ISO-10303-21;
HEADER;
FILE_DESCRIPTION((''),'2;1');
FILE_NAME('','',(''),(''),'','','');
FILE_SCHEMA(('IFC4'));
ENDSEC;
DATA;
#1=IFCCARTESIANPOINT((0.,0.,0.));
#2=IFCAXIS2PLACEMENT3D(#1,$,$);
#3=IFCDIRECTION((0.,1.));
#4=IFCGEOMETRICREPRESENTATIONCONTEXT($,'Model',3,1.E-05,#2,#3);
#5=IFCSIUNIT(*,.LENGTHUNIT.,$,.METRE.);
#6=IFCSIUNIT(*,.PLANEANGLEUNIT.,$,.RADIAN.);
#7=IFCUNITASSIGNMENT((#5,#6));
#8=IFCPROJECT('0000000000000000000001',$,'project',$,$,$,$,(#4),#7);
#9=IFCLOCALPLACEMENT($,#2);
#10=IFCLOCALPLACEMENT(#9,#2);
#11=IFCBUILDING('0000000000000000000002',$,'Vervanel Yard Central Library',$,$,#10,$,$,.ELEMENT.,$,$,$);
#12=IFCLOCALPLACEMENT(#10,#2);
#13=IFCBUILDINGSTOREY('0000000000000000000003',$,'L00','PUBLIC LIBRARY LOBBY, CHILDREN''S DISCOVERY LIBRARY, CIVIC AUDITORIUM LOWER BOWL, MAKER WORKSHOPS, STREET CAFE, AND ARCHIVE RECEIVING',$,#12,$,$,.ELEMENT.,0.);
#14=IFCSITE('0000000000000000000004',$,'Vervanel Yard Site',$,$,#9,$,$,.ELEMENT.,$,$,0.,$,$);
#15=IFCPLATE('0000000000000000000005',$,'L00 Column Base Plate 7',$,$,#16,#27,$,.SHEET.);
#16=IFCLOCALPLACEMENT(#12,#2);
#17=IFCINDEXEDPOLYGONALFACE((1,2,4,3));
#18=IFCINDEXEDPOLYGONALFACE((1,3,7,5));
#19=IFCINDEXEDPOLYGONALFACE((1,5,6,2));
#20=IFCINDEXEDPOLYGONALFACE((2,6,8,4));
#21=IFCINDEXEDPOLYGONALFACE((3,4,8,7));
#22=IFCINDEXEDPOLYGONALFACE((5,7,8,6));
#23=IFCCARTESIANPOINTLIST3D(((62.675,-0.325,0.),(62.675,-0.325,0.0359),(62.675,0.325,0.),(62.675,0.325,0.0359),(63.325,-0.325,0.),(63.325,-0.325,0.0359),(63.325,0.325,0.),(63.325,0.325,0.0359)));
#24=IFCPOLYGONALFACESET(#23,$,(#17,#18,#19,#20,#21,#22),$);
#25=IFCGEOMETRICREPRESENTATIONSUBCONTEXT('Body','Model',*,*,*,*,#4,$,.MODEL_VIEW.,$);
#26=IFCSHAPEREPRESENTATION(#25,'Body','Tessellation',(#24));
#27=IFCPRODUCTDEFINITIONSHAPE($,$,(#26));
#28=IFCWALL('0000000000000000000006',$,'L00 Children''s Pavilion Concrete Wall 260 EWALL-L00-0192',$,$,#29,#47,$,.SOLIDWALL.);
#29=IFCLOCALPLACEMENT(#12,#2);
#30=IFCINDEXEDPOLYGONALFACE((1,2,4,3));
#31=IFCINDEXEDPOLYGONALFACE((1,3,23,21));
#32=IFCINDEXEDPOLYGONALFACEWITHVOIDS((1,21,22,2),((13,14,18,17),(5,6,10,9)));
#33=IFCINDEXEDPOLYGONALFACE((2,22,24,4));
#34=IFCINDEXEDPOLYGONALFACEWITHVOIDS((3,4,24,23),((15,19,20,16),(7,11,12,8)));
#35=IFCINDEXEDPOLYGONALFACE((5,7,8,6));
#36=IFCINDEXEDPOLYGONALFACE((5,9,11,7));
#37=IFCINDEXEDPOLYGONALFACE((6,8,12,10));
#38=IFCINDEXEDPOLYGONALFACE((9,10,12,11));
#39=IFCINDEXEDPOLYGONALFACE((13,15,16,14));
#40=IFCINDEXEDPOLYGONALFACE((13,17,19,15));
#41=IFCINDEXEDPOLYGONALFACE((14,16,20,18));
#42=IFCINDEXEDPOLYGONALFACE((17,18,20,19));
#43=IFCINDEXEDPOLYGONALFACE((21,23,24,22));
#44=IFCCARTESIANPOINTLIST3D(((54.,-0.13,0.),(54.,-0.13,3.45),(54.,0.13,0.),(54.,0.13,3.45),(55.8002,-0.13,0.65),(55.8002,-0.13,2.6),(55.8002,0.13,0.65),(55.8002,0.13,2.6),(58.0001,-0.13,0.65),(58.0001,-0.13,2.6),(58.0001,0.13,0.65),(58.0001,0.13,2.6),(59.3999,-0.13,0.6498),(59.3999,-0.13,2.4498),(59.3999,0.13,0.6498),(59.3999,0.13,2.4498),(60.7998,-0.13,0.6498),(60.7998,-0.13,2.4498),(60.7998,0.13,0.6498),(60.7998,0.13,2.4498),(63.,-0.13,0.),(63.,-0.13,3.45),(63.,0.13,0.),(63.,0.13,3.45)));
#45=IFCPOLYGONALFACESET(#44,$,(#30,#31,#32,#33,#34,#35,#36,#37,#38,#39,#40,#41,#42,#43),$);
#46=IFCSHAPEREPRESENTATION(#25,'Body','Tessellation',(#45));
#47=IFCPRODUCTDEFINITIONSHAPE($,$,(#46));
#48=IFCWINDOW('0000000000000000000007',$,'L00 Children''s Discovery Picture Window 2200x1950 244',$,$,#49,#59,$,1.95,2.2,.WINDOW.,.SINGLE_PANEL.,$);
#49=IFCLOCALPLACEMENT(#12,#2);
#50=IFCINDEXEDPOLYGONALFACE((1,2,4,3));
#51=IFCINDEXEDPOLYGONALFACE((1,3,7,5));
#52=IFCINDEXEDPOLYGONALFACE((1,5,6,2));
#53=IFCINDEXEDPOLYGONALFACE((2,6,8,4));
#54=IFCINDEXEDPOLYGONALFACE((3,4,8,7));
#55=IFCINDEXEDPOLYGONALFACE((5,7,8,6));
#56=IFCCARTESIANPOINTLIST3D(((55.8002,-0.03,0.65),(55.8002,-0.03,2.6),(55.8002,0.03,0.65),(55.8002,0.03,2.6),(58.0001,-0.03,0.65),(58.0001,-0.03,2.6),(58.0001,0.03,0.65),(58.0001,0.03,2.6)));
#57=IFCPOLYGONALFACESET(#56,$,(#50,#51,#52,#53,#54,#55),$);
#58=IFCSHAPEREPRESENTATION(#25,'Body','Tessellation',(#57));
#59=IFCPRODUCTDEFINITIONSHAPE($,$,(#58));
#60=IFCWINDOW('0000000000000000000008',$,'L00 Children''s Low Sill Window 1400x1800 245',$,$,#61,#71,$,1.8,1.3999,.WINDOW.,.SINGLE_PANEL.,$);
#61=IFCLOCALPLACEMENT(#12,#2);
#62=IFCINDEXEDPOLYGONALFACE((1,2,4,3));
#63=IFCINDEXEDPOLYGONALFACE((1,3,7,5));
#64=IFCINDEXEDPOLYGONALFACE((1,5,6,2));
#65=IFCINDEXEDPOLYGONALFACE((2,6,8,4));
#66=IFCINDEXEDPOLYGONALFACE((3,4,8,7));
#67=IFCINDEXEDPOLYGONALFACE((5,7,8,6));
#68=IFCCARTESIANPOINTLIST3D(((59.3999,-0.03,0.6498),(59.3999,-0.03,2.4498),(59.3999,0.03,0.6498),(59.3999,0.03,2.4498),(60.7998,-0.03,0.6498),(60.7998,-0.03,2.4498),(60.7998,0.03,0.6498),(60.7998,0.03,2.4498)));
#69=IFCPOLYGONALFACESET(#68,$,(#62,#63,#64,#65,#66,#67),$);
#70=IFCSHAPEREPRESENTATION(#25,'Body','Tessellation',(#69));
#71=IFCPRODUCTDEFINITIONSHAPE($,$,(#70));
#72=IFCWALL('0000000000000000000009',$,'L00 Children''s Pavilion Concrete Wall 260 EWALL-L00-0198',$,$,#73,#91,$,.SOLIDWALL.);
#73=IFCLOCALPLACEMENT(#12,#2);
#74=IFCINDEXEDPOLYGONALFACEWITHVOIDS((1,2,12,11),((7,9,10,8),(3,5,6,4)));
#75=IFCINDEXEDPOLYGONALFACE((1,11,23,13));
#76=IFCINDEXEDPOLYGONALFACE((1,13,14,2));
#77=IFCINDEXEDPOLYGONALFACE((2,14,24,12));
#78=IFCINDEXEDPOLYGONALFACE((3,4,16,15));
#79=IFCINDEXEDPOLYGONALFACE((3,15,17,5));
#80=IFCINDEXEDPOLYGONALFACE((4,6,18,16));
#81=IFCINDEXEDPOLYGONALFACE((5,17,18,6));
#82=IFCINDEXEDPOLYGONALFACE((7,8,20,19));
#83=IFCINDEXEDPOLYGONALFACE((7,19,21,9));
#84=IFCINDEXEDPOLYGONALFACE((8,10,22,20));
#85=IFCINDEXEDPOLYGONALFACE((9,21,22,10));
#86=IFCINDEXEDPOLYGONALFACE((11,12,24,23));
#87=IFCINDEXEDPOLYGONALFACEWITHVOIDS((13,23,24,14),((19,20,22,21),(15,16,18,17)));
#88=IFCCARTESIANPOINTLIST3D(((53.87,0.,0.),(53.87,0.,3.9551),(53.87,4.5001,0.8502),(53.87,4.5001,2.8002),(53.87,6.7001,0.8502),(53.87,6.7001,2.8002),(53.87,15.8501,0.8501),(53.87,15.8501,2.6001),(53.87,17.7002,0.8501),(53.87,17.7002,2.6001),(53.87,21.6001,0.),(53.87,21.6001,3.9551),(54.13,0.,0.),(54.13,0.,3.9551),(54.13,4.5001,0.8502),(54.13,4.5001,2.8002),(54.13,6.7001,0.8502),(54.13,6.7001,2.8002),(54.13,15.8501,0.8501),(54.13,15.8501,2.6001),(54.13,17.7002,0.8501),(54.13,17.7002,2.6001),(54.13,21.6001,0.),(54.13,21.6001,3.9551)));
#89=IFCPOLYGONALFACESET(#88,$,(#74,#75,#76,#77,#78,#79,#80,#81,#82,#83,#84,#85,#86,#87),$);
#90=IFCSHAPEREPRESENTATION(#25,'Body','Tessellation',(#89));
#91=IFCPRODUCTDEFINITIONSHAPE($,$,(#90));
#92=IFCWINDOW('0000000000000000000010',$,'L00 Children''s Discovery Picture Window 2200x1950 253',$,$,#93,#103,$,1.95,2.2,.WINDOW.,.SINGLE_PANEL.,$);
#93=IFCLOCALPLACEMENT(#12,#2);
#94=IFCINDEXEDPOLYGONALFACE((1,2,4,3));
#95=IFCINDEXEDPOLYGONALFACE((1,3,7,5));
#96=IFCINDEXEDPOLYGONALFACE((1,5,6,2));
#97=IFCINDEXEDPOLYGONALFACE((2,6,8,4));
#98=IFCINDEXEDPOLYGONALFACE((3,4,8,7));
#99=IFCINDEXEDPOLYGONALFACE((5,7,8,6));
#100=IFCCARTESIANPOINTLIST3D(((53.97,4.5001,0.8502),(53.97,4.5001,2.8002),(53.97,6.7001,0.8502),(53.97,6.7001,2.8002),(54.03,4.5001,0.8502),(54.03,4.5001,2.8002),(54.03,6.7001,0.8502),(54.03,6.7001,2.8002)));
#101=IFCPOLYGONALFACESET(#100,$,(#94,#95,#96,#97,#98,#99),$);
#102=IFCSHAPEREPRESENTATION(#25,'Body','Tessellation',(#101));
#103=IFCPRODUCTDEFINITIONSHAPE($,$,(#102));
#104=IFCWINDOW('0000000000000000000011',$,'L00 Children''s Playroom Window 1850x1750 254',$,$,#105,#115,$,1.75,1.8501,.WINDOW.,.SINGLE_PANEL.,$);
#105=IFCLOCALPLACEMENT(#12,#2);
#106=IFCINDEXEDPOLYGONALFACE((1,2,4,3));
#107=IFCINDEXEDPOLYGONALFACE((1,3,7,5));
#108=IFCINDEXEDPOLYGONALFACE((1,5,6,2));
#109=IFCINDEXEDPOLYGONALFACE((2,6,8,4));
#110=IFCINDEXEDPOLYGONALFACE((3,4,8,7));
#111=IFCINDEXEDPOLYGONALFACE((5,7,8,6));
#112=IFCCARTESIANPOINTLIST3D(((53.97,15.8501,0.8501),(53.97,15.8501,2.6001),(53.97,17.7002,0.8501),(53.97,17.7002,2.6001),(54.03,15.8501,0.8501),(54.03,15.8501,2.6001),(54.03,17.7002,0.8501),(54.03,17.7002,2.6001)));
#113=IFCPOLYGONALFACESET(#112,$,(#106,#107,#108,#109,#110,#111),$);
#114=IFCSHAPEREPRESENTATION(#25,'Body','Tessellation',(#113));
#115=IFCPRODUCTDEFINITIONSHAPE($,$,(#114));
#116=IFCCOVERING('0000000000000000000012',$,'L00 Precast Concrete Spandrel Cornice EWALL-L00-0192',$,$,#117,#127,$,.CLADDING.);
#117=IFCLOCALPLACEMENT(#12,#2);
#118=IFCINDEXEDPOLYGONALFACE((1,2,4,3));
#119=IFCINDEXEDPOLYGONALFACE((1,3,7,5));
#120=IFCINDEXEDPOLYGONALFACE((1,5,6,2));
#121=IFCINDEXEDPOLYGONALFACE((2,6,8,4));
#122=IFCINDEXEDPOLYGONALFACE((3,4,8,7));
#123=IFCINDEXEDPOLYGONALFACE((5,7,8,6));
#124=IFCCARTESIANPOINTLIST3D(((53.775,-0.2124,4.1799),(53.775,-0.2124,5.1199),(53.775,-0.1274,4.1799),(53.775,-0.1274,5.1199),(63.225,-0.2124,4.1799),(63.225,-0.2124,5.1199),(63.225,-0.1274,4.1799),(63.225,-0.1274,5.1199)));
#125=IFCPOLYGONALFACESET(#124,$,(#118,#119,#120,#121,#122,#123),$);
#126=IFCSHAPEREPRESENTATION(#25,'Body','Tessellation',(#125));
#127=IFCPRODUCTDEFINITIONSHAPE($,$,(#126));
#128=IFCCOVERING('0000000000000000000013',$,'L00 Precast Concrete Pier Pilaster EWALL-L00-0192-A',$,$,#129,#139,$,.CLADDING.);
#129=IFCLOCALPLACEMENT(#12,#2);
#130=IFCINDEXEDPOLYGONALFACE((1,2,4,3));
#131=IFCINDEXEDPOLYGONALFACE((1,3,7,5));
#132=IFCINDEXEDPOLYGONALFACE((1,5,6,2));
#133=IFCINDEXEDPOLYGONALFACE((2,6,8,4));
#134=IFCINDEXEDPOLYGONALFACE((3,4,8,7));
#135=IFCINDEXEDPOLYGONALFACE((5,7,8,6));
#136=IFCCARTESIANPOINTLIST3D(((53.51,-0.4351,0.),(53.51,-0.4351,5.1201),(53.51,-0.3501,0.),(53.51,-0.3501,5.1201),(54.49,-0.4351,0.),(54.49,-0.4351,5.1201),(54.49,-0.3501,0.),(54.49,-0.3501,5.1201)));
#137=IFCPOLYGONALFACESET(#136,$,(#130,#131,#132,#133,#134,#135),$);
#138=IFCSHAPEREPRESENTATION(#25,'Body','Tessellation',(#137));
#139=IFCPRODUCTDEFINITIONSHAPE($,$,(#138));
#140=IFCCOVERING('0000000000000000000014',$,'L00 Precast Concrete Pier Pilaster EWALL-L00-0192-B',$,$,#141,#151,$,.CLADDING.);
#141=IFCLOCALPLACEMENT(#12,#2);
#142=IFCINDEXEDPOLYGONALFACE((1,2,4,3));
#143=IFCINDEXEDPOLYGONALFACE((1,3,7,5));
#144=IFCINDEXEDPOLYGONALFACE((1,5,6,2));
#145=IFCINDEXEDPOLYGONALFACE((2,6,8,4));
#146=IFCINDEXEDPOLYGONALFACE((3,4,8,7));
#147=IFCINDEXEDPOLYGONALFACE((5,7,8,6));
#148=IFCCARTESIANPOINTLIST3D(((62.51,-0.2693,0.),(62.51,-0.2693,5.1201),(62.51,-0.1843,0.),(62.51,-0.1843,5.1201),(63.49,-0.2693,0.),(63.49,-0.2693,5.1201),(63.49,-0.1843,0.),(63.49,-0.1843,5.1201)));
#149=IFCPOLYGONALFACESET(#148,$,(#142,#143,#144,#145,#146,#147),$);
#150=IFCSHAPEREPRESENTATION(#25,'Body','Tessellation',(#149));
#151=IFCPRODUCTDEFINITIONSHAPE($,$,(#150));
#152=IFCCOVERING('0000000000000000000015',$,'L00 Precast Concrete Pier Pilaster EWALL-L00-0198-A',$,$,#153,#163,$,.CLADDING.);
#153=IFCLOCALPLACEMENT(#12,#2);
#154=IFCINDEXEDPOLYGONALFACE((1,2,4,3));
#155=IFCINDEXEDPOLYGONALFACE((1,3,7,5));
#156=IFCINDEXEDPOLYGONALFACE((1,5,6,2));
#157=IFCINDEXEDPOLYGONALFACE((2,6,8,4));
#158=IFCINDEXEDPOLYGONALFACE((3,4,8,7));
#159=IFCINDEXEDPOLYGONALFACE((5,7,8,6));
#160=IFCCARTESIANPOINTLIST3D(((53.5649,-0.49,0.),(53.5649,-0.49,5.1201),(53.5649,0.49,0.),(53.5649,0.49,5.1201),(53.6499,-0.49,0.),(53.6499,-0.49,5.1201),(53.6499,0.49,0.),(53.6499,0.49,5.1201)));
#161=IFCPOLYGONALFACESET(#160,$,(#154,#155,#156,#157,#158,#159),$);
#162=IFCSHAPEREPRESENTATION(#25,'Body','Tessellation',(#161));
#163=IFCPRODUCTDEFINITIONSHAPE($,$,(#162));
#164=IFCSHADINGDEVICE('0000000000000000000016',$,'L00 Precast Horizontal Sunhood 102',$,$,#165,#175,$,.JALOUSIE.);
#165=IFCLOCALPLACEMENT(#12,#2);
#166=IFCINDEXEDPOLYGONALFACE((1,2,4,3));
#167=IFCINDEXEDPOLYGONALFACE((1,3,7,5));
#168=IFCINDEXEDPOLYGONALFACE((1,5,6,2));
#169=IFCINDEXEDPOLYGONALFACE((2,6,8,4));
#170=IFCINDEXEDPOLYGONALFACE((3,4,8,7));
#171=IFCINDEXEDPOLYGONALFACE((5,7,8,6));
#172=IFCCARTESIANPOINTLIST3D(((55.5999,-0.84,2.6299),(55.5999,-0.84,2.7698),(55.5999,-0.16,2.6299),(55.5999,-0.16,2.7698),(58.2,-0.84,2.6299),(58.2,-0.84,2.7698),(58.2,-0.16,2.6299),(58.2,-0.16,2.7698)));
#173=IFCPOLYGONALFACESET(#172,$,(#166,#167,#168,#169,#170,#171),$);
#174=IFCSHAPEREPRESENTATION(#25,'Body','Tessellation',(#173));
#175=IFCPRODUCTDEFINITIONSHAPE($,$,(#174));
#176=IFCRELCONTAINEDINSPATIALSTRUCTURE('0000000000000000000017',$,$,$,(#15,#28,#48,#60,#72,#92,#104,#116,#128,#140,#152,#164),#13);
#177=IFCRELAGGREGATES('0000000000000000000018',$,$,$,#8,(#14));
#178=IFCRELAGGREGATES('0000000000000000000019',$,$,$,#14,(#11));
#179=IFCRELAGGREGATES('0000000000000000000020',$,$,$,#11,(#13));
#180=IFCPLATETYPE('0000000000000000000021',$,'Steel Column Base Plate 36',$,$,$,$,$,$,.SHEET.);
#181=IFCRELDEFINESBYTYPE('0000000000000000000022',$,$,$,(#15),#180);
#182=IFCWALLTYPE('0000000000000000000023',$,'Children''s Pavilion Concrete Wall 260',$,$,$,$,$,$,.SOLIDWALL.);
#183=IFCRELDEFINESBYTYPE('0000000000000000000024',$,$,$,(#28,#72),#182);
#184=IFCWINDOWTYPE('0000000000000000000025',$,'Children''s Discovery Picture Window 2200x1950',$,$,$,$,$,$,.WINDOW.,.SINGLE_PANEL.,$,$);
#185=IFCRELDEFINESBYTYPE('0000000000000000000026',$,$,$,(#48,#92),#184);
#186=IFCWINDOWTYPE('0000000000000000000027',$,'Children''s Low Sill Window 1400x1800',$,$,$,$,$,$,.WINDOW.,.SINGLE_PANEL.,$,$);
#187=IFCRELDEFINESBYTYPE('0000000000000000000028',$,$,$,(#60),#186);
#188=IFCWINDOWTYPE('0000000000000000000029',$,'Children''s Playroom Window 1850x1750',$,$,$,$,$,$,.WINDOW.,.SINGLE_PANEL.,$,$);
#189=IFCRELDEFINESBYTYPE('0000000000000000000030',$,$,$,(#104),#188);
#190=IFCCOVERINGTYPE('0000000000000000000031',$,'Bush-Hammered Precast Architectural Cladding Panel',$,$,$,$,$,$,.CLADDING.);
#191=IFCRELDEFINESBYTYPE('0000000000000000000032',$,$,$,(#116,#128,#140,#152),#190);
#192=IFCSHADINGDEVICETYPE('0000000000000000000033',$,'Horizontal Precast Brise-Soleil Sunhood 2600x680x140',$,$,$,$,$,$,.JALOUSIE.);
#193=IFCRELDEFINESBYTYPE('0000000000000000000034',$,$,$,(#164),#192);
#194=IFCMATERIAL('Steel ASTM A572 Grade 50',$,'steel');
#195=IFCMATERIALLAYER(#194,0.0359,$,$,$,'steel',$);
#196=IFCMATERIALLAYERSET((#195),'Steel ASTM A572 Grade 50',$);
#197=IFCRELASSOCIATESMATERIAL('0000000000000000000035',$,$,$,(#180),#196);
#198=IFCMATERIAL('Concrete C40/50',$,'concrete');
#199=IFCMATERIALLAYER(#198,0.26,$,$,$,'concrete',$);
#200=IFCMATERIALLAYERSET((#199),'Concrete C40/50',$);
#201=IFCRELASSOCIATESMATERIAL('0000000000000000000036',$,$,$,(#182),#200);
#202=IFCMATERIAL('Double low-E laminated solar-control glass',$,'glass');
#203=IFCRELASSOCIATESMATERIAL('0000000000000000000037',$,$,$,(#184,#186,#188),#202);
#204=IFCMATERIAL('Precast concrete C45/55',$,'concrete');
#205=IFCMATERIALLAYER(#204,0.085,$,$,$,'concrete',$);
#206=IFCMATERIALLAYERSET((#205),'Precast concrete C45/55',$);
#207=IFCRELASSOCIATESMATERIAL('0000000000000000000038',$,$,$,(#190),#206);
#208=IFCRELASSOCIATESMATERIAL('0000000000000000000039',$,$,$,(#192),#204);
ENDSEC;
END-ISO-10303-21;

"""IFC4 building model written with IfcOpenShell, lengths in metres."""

from ifc_helpers import new_model, si_unit, direction, frame, frame_2d, origin, origin_2d, place, context, subcontext, project, spatial, rectangle, extrude, material, layer, layer_set, type_object, element, fill, save


model = new_model("IFC4")

# Units and contexts
model_context = context("Model", 3, precision=1e-05, world=origin(), true_north=direction((0.0, 1.0)))
body_context = subcontext(model_context, "Body", "Model", "MODEL_VIEW")
ifc_project = project(units=[si_unit("LENGTHUNIT", "METRE"), si_unit("PLANEANGLEUNIT", "RADIAN")], contexts=[model_context])

# Site, building, storey
site_placement = place(None, origin())
site = spatial("IfcSite", under=ifc_project, at=site_placement, Name="Vervanel Yard Site", CompositionType="ELEMENT", RefElevation=0.0)
building_placement = place(site_placement, origin())
building = spatial("IfcBuilding", under=site, at=building_placement, Name="Vervanel Yard Central Library", CompositionType="ELEMENT")
storey_placement = place(building_placement, origin())
storey = spatial("IfcBuildingStorey", under=building, at=storey_placement, Name="L00", Description="PUBLIC LIBRARY LOBBY, CHILDREN'S DISCOVERY LIBRARY, CIVIC AUDITORIUM LOWER BOWL, MAKER WORKSHOPS, STREET CAFE, AND ARCHIVE RECEIVING", CompositionType="ELEMENT", Elevation=0.0)

# Shared definitions
ifc_material_1 = material(Name="Concrete C40/50", Category="concrete")

# Plate
ifc_material_2 = material(Name="Steel ASTM A572 Grade 50", Category="steel")
ifc_layer_1 = layer(ifc_material_2, 0.0359, Category="steel")
ifc_layer_set_1 = layer_set([ifc_layer_1], Name="Steel ASTM A572 Grade 50")
plate_type = type_object("IfcPlateType", Name="Steel Column Base Plate 36", PredefinedType="SHEET", material=ifc_layer_set_1)
plate_placement = place(storey_placement, frame((63.0, 0.0, 0.0), z_axis=(0.0, 0.0, 1.0), x_axis=(1.0, 0.0, 0.0)))
element("IfcPlate", 1, at=plate_placement, inside=storey, type_object=plate_type, Name="L00 Column Base Plate 7", PredefinedType="SHEET", context=body_context, shape_type="SweptSolid", body=[
    extrude(rectangle(XDim=0.6499, YDim=0.6499, at=origin_2d()), origin(), (0.0, 0.0, 1.0), 0.0359),
])

# Walls, openings, windows
ifc_layer_2 = layer(ifc_material_1, 0.26, Category="concrete")
ifc_layer_set_2 = layer_set([ifc_layer_2], Name="Concrete C40/50")
wall_type = type_object("IfcWallType", Name="Children's Pavilion Concrete Wall 260", PredefinedType="SOLIDWALL", material=ifc_layer_set_2)
wall_1_placement = place(storey_placement, frame((54.0, 0.0, 0.0), z_axis=(0.0, 0.0, 1.0), x_axis=(1.0, 0.0, 0.0)))
wall_1 = element("IfcWall", 2, at=wall_1_placement, inside=storey, type_object=wall_type, Name="L00 Children's Pavilion Concrete Wall 260 EWALL-L00-0192", PredefinedType="SOLIDWALL", context=body_context, shape_type="SweptSolid", body=[
    extrude(rectangle(XDim=9.0, YDim=0.26, at=frame_2d((4.5, 0.0))), origin(), (0.0, 0.0, 1.0), 3.45),
])
opening_1_placement = place(wall_1_placement, frame((1.8, 0.0, 0.6499)))
opening_1 = element("IfcOpeningElement", 3, at=opening_1_placement, cuts=wall_1, PredefinedType="OPENING", context=body_context, shape_type="SweptSolid", body=[
    extrude(rectangle(XDim=2.2, YDim=1.95, at=frame_2d((1.1001, 0.9751))), frame((0.0, 0.1399, 0.0), z_axis=(0.0, -1.0, 0.0), x_axis=(1.0, 0.0, 0.0)), (0.0, 0.0, 1.0), 0.28),
])
opening_2_placement = place(wall_1_placement, frame((5.3999, 0.0, 0.6499)))
opening_2 = element("IfcOpeningElement", 4, at=opening_2_placement, cuts=wall_1, PredefinedType="OPENING", context=body_context, shape_type="SweptSolid", body=[
    extrude(rectangle(XDim=1.3999, YDim=1.8, at=frame_2d((0.7, 0.8999))), frame((0.0, 0.1399, 0.0), z_axis=(0.0, -1.0, 0.0), x_axis=(1.0, 0.0, 0.0)), (0.0, 0.0, 1.0), 0.28),
])
ifc_material_3 = material(Name="Double low-E laminated solar-control glass", Category="glass")
window_type_1 = type_object("IfcWindowType", Name="Children's Discovery Picture Window 2200x1950", PartitioningType="SINGLE_PANEL", PredefinedType="WINDOW", material=ifc_material_3)
window_1_placement = place(opening_1_placement, origin())
window_1 = element("IfcWindow", 5, at=window_1_placement, inside=storey, type_object=window_type_1, Name="L00 Children's Discovery Picture Window 2200x1950 244", OverallHeight=1.95, OverallWidth=2.2, PartitioningType="SINGLE_PANEL", PredefinedType="WINDOW", context=body_context, shape_type="SweptSolid", body=[
    extrude(rectangle(XDim=2.2, YDim=1.95, at=frame_2d((1.1001, 0.9751))), frame((0.0, 0.03, 0.0), z_axis=(0.0, -1.0, 0.0), x_axis=(1.0, 0.0, 0.0)), (0.0, 0.0, 1.0), 0.0601),
])
fill(opening_1, window_1)
window_type_2 = type_object("IfcWindowType", Name="Children's Low Sill Window 1400x1800", PartitioningType="SINGLE_PANEL", PredefinedType="WINDOW", material=ifc_material_3)
window_2_placement = place(opening_2_placement, origin())
window_2 = element("IfcWindow", 6, at=window_2_placement, inside=storey, type_object=window_type_2, Name="L00 Children's Low Sill Window 1400x1800 245", OverallHeight=1.8, OverallWidth=1.3999, PartitioningType="SINGLE_PANEL", PredefinedType="WINDOW", context=body_context, shape_type="SweptSolid", body=[
    extrude(rectangle(XDim=1.3999, YDim=1.8, at=frame_2d((0.7, 0.8999))), frame((0.0, 0.03, 0.0), z_axis=(0.0, -1.0, 0.0), x_axis=(1.0, 0.0, 0.0)), (0.0, 0.0, 1.0), 0.0601),
])
fill(opening_2, window_2)
wall_2_placement = place(storey_placement, frame((54.0, 0.0, 0.0), z_axis=(0.0, 0.0, 1.0), x_axis=(0.0, 1.0, 0.0)))
wall_2 = element("IfcWall", 7, at=wall_2_placement, inside=storey, type_object=wall_type, Name="L00 Children's Pavilion Concrete Wall 260 EWALL-L00-0198", PredefinedType="SOLIDWALL", context=body_context, shape_type="SweptSolid", body=[
    extrude(rectangle(XDim=21.6001, YDim=0.26, at=frame_2d((10.8, 0.0))), origin(), (0.0, 0.0, 1.0), 3.9551),
])
opening_3_placement = place(wall_2_placement, frame((4.5, 0.0, 0.8501)))
opening_3 = element("IfcOpeningElement", 8, at=opening_3_placement, cuts=wall_2, PredefinedType="OPENING", context=body_context, shape_type="SweptSolid", body=[
    extrude(rectangle(XDim=2.2, YDim=1.95, at=frame_2d((1.1001, 0.9751))), frame((0.0, 0.1399, 0.0), z_axis=(0.0, -1.0, 0.0), x_axis=(1.0, 0.0, 0.0)), (0.0, 0.0, 1.0), 0.28),
])
opening_4_placement = place(wall_2_placement, frame((15.8501, 0.0, 0.8501)))
opening_4 = element("IfcOpeningElement", 9, at=opening_4_placement, cuts=wall_2, PredefinedType="OPENING", context=body_context, shape_type="SweptSolid", body=[
    extrude(rectangle(XDim=1.8501, YDim=1.75, at=frame_2d((0.925, 0.875))), frame((0.0, 0.1399, 0.0), z_axis=(0.0, -1.0, 0.0), x_axis=(1.0, 0.0, 0.0)), (0.0, 0.0, 1.0), 0.28),
])
window_3_placement = place(opening_3_placement, origin())
window_3 = element("IfcWindow", 10, at=window_3_placement, inside=storey, type_object=window_type_1, Name="L00 Children's Discovery Picture Window 2200x1950 253", OverallHeight=1.95, OverallWidth=2.2, PartitioningType="SINGLE_PANEL", PredefinedType="WINDOW", context=body_context, shape_type="SweptSolid", body=[
    extrude(rectangle(XDim=2.2, YDim=1.95, at=frame_2d((1.1001, 0.9751))), frame((0.0, 0.03, 0.0), z_axis=(0.0, -1.0, 0.0), x_axis=(1.0, 0.0, 0.0)), (0.0, 0.0, 1.0), 0.0601),
])
fill(opening_3, window_3)
window_type_3 = type_object("IfcWindowType", Name="Children's Playroom Window 1850x1750", PartitioningType="SINGLE_PANEL", PredefinedType="WINDOW", material=ifc_material_3)
window_4_placement = place(opening_4_placement, origin())
window_4 = element("IfcWindow", 11, at=window_4_placement, inside=storey, type_object=window_type_3, Name="L00 Children's Playroom Window 1850x1750 254", OverallHeight=1.75, OverallWidth=1.8501, PartitioningType="SINGLE_PANEL", PredefinedType="WINDOW", context=body_context, shape_type="SweptSolid", body=[
    extrude(rectangle(XDim=1.8501, YDim=1.75, at=frame_2d((0.925, 0.875))), frame((0.0, 0.03, 0.0), z_axis=(0.0, -1.0, 0.0), x_axis=(1.0, 0.0, 0.0)), (0.0, 0.0, 1.0), 0.0601),
])
fill(opening_4, window_4)

# Coverings
ifc_material_4 = material(Name="Precast concrete C45/55", Category="concrete")
ifc_layer_3 = layer(ifc_material_4, 0.085, Category="concrete")
ifc_layer_set_3 = layer_set([ifc_layer_3], Name="Precast concrete C45/55")
covering_type = type_object("IfcCoveringType", Name="Bush-Hammered Precast Architectural Cladding Panel", PredefinedType="CLADDING", material=ifc_layer_set_3)
covering_placement = place(storey_placement, frame((58.5, -0.1699, 4.1799), z_axis=(0.0, 0.0, 1.0), x_axis=(1.0, 0.0, 0.0)))
element("IfcCovering", 12, at=covering_placement, inside=storey, type_object=covering_type, Name="L00 Precast Concrete Spandrel Cornice EWALL-L00-0192", PredefinedType="CLADDING", context=body_context, shape_type="SweptSolid", body=[
    extrude(rectangle(XDim=9.45, YDim=0.085, at=origin_2d()), origin(), (0.0, 0.0, 1.0), 0.9399),
])
for number, where, z_axis, x_axis, name in (
    (13, (54.0, -0.3926, 0.0), (0.0, 0.0, 1.0), (1.0, 0.0, 0.0), "L00 Precast Concrete Pier Pilaster EWALL-L00-0192-A"),
    (14, (63.0, -0.2268, 0.0), (0.0, 0.0, 1.0), (1.0, 0.0, 0.0), "L00 Precast Concrete Pier Pilaster EWALL-L00-0192-B"),
    (15, (53.6074, 0.0, 0.0), (0.0, 0.0, 1.0), (0.0, 1.0, 0.0), "L00 Precast Concrete Pier Pilaster EWALL-L00-0198-A"),
):
    element("IfcCovering", number, at=place(storey_placement, frame(where, z_axis=z_axis, x_axis=x_axis)), inside=storey, type_object=covering_type, Name=name, PredefinedType="CLADDING", context=body_context, shape_type="SweptSolid", body=[
        extrude(rectangle(XDim=0.98, YDim=0.085, at=origin_2d()), origin(), (0.0, 0.0, 1.0), 5.1201),
    ])

# Shading device
shading_device_type_1 = type_object("IfcShadingDeviceType", Name="Horizontal Precast Brise-Soleil Sunhood 2600x680x140", PredefinedType="JALOUSIE", material=ifc_material_4)
for number, where, z_axis, x_axis, name in (
    (16, (56.8999, -0.5, 2.6299), (0.0, 0.0, 1.0), (1.0, 0.0, 0.0), "L00 Precast Horizontal Sunhood 102"),
):
    element("IfcShadingDevice", number, at=place(storey_placement, frame(where, z_axis=z_axis, x_axis=x_axis)), inside=storey, type_object=shading_device_type_1, Name=name, PredefinedType="JALOUSIE", context=body_context, shape_type="SweptSolid", body=[
        extrude(rectangle(XDim=2.6001, YDim=0.6799, at=origin_2d()), origin(), (0.0, 0.0, 1.0), 0.1399),
    ])

save(model, "model.ifc")
